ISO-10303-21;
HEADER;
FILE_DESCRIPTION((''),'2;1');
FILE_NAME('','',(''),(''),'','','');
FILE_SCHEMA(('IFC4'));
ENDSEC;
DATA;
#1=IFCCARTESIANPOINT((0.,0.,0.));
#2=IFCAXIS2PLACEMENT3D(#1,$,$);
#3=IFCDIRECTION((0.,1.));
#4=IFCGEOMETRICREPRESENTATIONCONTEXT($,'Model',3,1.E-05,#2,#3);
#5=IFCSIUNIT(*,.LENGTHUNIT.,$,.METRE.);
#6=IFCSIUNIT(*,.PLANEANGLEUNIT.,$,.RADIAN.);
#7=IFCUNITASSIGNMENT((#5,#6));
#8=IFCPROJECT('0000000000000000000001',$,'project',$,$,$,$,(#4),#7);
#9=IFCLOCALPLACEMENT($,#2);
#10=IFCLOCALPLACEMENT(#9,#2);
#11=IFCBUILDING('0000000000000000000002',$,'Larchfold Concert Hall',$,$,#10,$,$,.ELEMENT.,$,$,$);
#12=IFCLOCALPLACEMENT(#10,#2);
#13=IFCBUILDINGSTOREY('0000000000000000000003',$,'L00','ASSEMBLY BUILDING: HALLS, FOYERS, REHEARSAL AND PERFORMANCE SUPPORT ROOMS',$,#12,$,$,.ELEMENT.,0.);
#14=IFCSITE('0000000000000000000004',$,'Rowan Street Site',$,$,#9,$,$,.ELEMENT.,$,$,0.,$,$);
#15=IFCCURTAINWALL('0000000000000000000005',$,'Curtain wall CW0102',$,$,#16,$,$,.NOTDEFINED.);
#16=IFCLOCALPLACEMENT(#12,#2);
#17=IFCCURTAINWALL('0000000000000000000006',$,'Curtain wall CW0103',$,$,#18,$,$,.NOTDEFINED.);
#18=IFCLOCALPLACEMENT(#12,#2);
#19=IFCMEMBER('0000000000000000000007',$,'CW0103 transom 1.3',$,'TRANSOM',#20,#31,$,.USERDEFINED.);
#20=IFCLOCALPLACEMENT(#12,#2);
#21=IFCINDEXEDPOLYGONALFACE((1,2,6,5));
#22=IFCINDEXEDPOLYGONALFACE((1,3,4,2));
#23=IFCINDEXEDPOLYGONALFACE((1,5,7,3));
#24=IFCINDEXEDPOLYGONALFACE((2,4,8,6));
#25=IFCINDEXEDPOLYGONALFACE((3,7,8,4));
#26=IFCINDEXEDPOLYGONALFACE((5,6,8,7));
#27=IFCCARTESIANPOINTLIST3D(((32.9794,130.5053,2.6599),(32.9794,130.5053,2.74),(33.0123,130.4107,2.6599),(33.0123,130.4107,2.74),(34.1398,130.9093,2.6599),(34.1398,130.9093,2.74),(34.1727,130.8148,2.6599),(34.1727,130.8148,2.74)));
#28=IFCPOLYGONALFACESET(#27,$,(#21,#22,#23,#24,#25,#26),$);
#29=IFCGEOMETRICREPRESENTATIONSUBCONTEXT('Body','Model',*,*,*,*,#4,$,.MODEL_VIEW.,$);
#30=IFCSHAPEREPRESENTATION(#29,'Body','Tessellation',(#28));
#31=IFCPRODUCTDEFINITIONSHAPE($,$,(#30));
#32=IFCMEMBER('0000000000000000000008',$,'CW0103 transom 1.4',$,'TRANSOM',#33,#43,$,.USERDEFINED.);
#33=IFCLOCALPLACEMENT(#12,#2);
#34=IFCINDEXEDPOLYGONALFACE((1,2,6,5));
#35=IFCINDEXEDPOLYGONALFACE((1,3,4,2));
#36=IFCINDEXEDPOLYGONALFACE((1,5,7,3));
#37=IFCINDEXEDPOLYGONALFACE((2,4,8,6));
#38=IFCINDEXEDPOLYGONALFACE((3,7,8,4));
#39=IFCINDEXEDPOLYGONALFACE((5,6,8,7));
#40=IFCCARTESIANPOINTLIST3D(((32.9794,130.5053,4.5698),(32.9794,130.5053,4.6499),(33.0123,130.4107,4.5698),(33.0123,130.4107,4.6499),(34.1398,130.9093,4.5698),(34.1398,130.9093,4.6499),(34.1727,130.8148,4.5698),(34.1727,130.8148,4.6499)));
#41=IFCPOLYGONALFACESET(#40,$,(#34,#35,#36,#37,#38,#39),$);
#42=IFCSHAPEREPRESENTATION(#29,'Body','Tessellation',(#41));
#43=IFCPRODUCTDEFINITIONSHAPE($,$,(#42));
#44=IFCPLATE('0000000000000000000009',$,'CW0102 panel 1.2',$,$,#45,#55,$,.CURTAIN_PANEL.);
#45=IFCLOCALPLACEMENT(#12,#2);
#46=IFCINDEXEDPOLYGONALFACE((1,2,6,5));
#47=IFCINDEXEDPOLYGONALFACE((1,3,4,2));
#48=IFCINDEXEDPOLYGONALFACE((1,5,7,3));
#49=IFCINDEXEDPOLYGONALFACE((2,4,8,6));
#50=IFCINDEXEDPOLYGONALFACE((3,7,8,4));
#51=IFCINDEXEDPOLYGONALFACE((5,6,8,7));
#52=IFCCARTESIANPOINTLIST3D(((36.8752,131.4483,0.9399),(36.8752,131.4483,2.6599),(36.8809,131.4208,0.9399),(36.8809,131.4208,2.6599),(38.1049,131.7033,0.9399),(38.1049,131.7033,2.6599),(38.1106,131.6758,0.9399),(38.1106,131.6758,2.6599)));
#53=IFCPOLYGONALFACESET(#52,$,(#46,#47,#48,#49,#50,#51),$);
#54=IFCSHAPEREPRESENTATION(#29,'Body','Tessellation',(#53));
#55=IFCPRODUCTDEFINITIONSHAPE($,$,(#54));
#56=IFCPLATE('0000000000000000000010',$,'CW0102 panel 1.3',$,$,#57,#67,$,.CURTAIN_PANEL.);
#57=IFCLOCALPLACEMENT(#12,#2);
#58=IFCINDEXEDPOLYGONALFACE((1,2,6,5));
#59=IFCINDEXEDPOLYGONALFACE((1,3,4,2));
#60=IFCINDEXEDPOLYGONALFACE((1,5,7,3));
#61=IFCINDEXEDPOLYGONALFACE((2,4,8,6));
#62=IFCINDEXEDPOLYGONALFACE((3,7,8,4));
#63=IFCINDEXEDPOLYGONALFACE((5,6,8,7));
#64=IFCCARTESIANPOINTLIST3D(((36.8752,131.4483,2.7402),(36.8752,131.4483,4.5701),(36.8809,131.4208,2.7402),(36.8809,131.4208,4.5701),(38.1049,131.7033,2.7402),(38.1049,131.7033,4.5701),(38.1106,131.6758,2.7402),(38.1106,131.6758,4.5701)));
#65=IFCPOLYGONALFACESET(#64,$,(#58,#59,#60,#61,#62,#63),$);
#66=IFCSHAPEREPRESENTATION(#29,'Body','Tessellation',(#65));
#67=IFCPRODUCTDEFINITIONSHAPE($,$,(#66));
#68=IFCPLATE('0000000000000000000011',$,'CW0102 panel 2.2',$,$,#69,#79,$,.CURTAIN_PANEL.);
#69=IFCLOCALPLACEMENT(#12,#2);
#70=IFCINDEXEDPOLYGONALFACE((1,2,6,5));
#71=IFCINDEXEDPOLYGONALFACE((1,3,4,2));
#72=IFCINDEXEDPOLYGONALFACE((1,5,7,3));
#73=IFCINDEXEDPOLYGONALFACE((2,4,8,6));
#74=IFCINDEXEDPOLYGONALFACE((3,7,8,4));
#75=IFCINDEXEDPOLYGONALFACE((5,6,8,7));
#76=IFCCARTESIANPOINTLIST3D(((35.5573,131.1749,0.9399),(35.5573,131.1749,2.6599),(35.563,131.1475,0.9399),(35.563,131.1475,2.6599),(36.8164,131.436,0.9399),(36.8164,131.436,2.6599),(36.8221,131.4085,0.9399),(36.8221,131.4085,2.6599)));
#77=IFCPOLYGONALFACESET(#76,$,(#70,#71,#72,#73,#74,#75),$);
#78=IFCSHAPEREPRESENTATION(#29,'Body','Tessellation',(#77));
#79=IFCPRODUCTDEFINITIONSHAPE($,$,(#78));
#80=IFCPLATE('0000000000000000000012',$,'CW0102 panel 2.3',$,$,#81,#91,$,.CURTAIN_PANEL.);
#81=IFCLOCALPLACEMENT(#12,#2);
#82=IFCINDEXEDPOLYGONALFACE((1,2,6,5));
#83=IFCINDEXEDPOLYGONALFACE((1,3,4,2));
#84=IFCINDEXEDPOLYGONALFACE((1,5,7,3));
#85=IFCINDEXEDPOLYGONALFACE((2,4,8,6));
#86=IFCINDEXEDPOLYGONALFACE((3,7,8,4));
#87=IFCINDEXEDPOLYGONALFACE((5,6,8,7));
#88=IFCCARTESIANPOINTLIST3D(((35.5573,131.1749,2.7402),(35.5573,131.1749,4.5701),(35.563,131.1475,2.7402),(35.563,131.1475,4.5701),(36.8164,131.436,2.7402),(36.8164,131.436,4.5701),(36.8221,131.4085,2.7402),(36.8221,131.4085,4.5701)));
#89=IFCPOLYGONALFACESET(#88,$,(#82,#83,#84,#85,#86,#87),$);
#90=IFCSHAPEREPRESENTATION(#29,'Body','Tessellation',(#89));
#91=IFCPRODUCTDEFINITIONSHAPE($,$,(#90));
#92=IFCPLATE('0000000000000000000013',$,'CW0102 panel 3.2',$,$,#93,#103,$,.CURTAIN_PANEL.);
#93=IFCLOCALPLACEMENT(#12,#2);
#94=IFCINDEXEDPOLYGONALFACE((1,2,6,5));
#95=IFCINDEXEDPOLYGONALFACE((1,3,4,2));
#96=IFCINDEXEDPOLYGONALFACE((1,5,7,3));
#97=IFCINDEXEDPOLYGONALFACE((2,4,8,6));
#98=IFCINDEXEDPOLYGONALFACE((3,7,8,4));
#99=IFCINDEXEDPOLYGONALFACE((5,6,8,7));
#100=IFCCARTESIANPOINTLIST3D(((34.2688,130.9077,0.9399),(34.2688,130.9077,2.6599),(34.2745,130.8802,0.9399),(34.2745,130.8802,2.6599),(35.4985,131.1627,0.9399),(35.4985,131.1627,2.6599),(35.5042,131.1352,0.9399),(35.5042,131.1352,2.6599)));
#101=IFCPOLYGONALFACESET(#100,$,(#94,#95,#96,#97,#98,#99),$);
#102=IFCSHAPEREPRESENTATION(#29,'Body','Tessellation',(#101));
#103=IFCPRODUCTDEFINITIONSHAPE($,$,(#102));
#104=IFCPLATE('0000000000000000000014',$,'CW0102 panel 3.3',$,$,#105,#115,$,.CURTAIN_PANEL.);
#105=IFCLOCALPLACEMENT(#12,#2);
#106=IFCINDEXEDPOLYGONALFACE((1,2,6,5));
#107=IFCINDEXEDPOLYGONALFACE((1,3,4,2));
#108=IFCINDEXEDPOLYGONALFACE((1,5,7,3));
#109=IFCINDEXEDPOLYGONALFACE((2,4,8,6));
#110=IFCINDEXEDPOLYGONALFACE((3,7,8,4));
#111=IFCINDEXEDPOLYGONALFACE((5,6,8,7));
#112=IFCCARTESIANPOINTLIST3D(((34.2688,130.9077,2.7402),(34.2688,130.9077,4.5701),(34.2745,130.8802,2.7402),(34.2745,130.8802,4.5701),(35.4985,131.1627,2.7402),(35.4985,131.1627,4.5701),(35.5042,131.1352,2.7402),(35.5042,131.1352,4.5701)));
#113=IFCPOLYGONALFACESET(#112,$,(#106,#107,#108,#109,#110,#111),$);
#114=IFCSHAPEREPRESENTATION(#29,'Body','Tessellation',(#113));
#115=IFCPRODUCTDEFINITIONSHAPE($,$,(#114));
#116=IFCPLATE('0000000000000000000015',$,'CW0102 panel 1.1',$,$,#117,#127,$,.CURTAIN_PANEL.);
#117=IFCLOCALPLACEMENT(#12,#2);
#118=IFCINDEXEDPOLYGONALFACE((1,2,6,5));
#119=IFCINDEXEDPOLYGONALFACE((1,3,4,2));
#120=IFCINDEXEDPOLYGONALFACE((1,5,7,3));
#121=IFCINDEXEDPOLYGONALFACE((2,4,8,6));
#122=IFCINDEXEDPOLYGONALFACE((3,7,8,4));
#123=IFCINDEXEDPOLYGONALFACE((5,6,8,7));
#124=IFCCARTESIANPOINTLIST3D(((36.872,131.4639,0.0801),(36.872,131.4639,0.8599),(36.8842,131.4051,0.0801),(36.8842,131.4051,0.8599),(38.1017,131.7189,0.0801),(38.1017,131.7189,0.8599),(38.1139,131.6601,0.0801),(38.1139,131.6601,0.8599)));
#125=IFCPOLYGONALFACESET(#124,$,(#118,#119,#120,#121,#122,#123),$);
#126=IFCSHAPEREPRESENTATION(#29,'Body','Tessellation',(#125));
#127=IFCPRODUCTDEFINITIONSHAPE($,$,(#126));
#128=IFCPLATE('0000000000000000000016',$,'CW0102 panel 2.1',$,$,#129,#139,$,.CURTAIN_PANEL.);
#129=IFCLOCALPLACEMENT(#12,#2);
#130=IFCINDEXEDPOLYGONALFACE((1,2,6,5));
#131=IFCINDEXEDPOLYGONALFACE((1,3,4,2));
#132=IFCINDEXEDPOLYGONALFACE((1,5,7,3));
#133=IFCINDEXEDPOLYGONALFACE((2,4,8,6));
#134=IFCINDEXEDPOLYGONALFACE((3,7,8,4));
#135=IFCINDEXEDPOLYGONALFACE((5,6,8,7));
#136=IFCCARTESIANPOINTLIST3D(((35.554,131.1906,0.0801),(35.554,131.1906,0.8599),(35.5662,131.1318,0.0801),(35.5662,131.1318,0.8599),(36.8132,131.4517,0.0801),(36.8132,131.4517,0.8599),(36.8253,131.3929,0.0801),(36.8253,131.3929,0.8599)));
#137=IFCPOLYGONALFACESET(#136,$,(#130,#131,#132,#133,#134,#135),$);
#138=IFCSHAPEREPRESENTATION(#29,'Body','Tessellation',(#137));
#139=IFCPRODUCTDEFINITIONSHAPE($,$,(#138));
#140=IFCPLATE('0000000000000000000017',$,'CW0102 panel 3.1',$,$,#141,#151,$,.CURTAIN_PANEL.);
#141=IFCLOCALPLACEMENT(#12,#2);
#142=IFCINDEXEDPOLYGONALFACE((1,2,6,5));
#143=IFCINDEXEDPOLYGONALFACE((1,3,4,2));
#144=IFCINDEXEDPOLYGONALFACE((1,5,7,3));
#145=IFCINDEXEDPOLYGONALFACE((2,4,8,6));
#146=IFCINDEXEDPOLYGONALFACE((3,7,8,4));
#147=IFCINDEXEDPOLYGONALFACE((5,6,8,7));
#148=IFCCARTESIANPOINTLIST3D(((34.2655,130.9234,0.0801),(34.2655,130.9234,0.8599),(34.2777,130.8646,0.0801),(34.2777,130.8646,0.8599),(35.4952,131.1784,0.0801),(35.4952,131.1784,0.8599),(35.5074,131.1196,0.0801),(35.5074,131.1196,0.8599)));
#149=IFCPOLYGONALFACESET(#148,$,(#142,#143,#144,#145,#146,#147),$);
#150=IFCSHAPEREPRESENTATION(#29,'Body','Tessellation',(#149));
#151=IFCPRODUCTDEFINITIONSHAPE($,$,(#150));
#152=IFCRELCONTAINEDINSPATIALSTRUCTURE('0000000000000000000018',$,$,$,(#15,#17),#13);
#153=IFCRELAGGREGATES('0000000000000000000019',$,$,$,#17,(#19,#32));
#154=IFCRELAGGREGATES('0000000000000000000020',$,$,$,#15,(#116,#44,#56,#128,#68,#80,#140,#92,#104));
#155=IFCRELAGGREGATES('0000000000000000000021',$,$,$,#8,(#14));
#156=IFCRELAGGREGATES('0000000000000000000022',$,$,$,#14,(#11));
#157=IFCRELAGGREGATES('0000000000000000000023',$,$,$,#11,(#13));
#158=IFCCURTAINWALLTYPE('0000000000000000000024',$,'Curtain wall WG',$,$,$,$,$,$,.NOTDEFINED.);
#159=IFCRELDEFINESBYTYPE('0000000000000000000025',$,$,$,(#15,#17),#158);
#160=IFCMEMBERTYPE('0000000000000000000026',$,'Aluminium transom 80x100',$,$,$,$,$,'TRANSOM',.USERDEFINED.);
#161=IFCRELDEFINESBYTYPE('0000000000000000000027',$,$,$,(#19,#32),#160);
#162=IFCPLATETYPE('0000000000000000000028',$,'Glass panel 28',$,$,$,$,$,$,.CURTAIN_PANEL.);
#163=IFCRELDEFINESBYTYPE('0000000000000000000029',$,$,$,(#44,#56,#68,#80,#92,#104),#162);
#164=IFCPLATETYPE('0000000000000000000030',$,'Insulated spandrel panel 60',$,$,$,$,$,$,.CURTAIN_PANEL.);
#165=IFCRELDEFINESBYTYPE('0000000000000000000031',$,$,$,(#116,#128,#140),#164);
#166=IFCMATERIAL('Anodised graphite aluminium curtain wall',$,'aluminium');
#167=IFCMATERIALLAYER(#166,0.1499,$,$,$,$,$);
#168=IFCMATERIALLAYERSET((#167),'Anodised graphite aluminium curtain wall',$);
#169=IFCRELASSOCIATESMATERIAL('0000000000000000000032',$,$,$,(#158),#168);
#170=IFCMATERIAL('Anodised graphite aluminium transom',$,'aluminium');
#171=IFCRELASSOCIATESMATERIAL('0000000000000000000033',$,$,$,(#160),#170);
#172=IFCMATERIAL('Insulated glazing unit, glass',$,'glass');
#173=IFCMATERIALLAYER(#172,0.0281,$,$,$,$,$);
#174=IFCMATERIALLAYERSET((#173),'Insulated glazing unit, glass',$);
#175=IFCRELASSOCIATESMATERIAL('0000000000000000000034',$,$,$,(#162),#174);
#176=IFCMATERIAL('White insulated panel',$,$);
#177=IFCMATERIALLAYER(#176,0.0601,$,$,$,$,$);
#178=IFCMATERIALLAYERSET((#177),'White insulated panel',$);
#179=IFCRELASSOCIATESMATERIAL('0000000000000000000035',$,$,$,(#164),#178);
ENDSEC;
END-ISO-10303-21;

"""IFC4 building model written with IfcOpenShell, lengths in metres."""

from ifc_helpers import new_model, si_unit, direction, frame, origin, origin_2d, place, context, subcontext, project, spatial, rectangle, extrude, material, layer, layer_set, material_profile, profile_set, type_object, element, aggregate, save


model = new_model("IFC4")

# Units and contexts
model_context = context("Model", 3, precision=1e-05, world=origin(), true_north=direction((0.0, 1.0)))
body_context = subcontext(model_context, "Body", "Model", "MODEL_VIEW")
ifc_project = project(units=[si_unit("LENGTHUNIT", "METRE"), si_unit("PLANEANGLEUNIT", "RADIAN")], contexts=[model_context])

# Site, building, storey
site_placement = place(None, origin())
site = spatial("IfcSite", under=ifc_project, at=site_placement, Name="Rowan Street Site", CompositionType="ELEMENT", RefElevation=0.0)
building_placement = place(site_placement, origin())
building = spatial("IfcBuilding", under=site, at=building_placement, Name="Larchfold Concert Hall", CompositionType="ELEMENT")
storey_placement = place(building_placement, origin())
storey = spatial("IfcBuildingStorey", under=building, at=storey_placement, Name="L00", Description="ASSEMBLY BUILDING: HALLS, FOYERS, REHEARSAL AND PERFORMANCE SUPPORT ROOMS", CompositionType="ELEMENT", Elevation=0.0)

# Shared definitions
ifc_material_1 = material(Name="Anodised graphite aluminium curtain wall", Category="aluminium")
ifc_layer_1 = layer(ifc_material_1, 0.1499)
ifc_layer_set_1 = layer_set([ifc_layer_1], Name="Anodised graphite aluminium curtain wall")
curtain_wall_type = type_object("IfcCurtainWallType", Name="Curtain wall WG", PredefinedType="NOTDEFINED", material=ifc_layer_set_1)

# Curtain wall
curtain_wall_1_placement = place(storey_placement, origin())
curtain_wall_1 = element("IfcCurtainWall", 1, at=curtain_wall_1_placement, inside=storey, type_object=curtain_wall_type, Name="Curtain wall CW0102", PredefinedType="NOTDEFINED")

# Curtain wall
curtain_wall_2_placement = place(storey_placement, origin())
curtain_wall_2 = element("IfcCurtainWall", 2, at=curtain_wall_2_placement, inside=storey, type_object=curtain_wall_type, Name="Curtain wall CW0103", PredefinedType="NOTDEFINED")

# Members
ifc_material_2 = material(Name="Anodised graphite aluminium transom", Category="aluminium")
ifc_material_profile_1 = material_profile(ifc_material_2, rectangle(XDim=0.1001, YDim=0.0801, at=origin_2d()))
ifc_profile_set_1 = profile_set([ifc_material_profile_1], Name="Anodised graphite aluminium transom")
member_type_1 = type_object("IfcMemberType", Name="Aluminium transom 80x100", ElementType="TRANSOM", PredefinedType="USERDEFINED", material=ifc_profile_set_1)
member_1_placement = place(storey_placement, frame((34.1562, 130.8621, 2.7), z_axis=(-0.944387, -0.328837, 0.0), x_axis=(0.328837, -0.944387, 0.0)))
member_1 = element("IfcMember", 3, at=member_1_placement, type_object=member_type_1, Name="CW0103 transom 1.3", ObjectType="TRANSOM", PredefinedType="USERDEFINED", context=body_context, shape_type="SweptSolid", body=[
    extrude(rectangle(XDim=0.1001, YDim=0.0801, at=origin_2d()), origin(), (0.0, 0.0, 1.0), 1.2288),
])
member_2_placement = place(storey_placement, frame((34.1562, 130.8621, 4.6099), z_axis=(-0.944387, -0.328837, 0.0), x_axis=(0.328837, -0.944387, 0.0)))
member_2 = element("IfcMember", 4, at=member_2_placement, type_object=member_type_1, Name="CW0103 transom 1.4", ObjectType="TRANSOM", PredefinedType="USERDEFINED", context=body_context, shape_type="SweptSolid", body=[
    extrude(rectangle(XDim=0.1001, YDim=0.0801, at=origin_2d()), origin(), (0.0, 0.0, 1.0), 1.2288),
])
aggregate(curtain_wall_2, [member_1, member_2])

# Plates
ifc_material_3 = material(Name="Insulated glazing unit, glass", Category="glass")
ifc_layer_2 = layer(ifc_material_3, 0.0281)
ifc_layer_set_2 = layer_set([ifc_layer_2], Name="Insulated glazing unit, glass")
plate_type_1 = type_object("IfcPlateType", Name="Glass panel 28", PredefinedType="CURTAIN_PANEL", material=ifc_layer_set_2)
plate_1_placement = place(storey_placement, frame((37.4929, 131.562, 0.9399), z_axis=(0.0, 0.0, 1.0), x_axis=(-0.97917, -0.203041, 0.0)))
plate_1 = element("IfcPlate", 5, at=plate_1_placement, type_object=plate_type_1, Name="CW0102 panel 1.2", PredefinedType="CURTAIN_PANEL", context=body_context, shape_type="SweptSolid", body=[
    extrude(rectangle(XDim=1.2559, YDim=0.0281, at=origin_2d()), origin(), (0.0, 0.0, 1.0), 1.72),
])
plate_2_placement = place(storey_placement, frame((37.4929, 131.562, 2.7402), z_axis=(0.0, 0.0, 1.0), x_axis=(-0.97917, -0.203041, 0.0)))
plate_2 = element("IfcPlate", 6, at=plate_2_placement, type_object=plate_type_1, Name="CW0102 panel 1.3", PredefinedType="CURTAIN_PANEL", context=body_context, shape_type="SweptSolid", body=[
    extrude(rectangle(XDim=1.2559, YDim=0.0281, at=origin_2d()), origin(), (0.0, 0.0, 1.0), 1.8298),
])
plate_3_placement = place(storey_placement, frame((36.1897, 131.2917, 0.9399), z_axis=(0.0, 0.0, 1.0), x_axis=(-0.97917, -0.203041, 0.0)))
plate_3 = element("IfcPlate", 7, at=plate_3_placement, type_object=plate_type_1, Name="CW0102 panel 2.2", PredefinedType="CURTAIN_PANEL", context=body_context, shape_type="SweptSolid", body=[
    extrude(rectangle(XDim=1.2859, YDim=0.0281, at=origin_2d()), origin(), (0.0, 0.0, 1.0), 1.72),
])
plate_4_placement = place(storey_placement, frame((36.1897, 131.2917, 2.7402), z_axis=(0.0, 0.0, 1.0), x_axis=(-0.97917, -0.203041, 0.0)))
plate_4 = element("IfcPlate", 8, at=plate_4_placement, type_object=plate_type_1, Name="CW0102 panel 2.3", PredefinedType="CURTAIN_PANEL", context=body_context, shape_type="SweptSolid", body=[
    extrude(rectangle(XDim=1.2859, YDim=0.0281, at=origin_2d()), origin(), (0.0, 0.0, 1.0), 1.8298),
])
plate_5_placement = place(storey_placement, frame((34.8865, 131.0215, 0.9399), z_axis=(0.0, 0.0, 1.0), x_axis=(-0.97917, -0.203041, 0.0)))
plate_5 = element("IfcPlate", 9, at=plate_5_placement, type_object=plate_type_1, Name="CW0102 panel 3.2", PredefinedType="CURTAIN_PANEL", context=body_context, shape_type="SweptSolid", body=[
    extrude(rectangle(XDim=1.2559, YDim=0.0281, at=origin_2d()), origin(), (0.0, 0.0, 1.0), 1.72),
])
plate_6_placement = place(storey_placement, frame((34.8865, 131.0215, 2.7402), z_axis=(0.0, 0.0, 1.0), x_axis=(-0.97917, -0.203041, 0.0)))
plate_6 = element("IfcPlate", 10, at=plate_6_placement, type_object=plate_type_1, Name="CW0102 panel 3.3", PredefinedType="CURTAIN_PANEL", context=body_context, shape_type="SweptSolid", body=[
    extrude(rectangle(XDim=1.2559, YDim=0.0281, at=origin_2d()), origin(), (0.0, 0.0, 1.0), 1.8298),
])
ifc_material_4 = material(Name="White insulated panel")
ifc_layer_3 = layer(ifc_material_4, 0.0601)
ifc_layer_set_3 = layer_set([ifc_layer_3], Name="White insulated panel")
plate_type_2 = type_object("IfcPlateType", Name="Insulated spandrel panel 60", PredefinedType="CURTAIN_PANEL", material=ifc_layer_set_3)
plate_7_placement = place(storey_placement, frame((37.4929, 131.562, 0.0801), z_axis=(0.0, 0.0, 1.0), x_axis=(-0.97917, -0.203041, 0.0)))
plate_7 = element("IfcPlate", 11, at=plate_7_placement, type_object=plate_type_2, Name="CW0102 panel 1.1", PredefinedType="CURTAIN_PANEL", context=body_context, shape_type="SweptSolid", body=[
    extrude(rectangle(XDim=1.2559, YDim=0.0601, at=origin_2d()), origin(), (0.0, 0.0, 1.0), 0.7798),
])
plate_8_placement = place(storey_placement, frame((36.1897, 131.2917, 0.0801), z_axis=(0.0, 0.0, 1.0), x_axis=(-0.97917, -0.203041, 0.0)))
plate_8 = element("IfcPlate", 12, at=plate_8_placement, type_object=plate_type_2, Name="CW0102 panel 2.1", PredefinedType="CURTAIN_PANEL", context=body_context, shape_type="SweptSolid", body=[
    extrude(rectangle(XDim=1.2859, YDim=0.0601, at=origin_2d()), origin(), (0.0, 0.0, 1.0), 0.7798),
])
plate_9_placement = place(storey_placement, frame((34.8865, 131.0215, 0.0801), z_axis=(0.0, 0.0, 1.0), x_axis=(-0.97917, -0.203041, 0.0)))
plate_9 = element("IfcPlate", 13, at=plate_9_placement, type_object=plate_type_2, Name="CW0102 panel 3.1", PredefinedType="CURTAIN_PANEL", context=body_context, shape_type="SweptSolid", body=[
    extrude(rectangle(XDim=1.2559, YDim=0.0601, at=origin_2d()), origin(), (0.0, 0.0, 1.0), 0.7798),
])
aggregate(curtain_wall_1, [plate_7, plate_1, plate_2, plate_8, plate_3, plate_4, plate_9, plate_5, plate_6])

save(model, "model.ifc")
